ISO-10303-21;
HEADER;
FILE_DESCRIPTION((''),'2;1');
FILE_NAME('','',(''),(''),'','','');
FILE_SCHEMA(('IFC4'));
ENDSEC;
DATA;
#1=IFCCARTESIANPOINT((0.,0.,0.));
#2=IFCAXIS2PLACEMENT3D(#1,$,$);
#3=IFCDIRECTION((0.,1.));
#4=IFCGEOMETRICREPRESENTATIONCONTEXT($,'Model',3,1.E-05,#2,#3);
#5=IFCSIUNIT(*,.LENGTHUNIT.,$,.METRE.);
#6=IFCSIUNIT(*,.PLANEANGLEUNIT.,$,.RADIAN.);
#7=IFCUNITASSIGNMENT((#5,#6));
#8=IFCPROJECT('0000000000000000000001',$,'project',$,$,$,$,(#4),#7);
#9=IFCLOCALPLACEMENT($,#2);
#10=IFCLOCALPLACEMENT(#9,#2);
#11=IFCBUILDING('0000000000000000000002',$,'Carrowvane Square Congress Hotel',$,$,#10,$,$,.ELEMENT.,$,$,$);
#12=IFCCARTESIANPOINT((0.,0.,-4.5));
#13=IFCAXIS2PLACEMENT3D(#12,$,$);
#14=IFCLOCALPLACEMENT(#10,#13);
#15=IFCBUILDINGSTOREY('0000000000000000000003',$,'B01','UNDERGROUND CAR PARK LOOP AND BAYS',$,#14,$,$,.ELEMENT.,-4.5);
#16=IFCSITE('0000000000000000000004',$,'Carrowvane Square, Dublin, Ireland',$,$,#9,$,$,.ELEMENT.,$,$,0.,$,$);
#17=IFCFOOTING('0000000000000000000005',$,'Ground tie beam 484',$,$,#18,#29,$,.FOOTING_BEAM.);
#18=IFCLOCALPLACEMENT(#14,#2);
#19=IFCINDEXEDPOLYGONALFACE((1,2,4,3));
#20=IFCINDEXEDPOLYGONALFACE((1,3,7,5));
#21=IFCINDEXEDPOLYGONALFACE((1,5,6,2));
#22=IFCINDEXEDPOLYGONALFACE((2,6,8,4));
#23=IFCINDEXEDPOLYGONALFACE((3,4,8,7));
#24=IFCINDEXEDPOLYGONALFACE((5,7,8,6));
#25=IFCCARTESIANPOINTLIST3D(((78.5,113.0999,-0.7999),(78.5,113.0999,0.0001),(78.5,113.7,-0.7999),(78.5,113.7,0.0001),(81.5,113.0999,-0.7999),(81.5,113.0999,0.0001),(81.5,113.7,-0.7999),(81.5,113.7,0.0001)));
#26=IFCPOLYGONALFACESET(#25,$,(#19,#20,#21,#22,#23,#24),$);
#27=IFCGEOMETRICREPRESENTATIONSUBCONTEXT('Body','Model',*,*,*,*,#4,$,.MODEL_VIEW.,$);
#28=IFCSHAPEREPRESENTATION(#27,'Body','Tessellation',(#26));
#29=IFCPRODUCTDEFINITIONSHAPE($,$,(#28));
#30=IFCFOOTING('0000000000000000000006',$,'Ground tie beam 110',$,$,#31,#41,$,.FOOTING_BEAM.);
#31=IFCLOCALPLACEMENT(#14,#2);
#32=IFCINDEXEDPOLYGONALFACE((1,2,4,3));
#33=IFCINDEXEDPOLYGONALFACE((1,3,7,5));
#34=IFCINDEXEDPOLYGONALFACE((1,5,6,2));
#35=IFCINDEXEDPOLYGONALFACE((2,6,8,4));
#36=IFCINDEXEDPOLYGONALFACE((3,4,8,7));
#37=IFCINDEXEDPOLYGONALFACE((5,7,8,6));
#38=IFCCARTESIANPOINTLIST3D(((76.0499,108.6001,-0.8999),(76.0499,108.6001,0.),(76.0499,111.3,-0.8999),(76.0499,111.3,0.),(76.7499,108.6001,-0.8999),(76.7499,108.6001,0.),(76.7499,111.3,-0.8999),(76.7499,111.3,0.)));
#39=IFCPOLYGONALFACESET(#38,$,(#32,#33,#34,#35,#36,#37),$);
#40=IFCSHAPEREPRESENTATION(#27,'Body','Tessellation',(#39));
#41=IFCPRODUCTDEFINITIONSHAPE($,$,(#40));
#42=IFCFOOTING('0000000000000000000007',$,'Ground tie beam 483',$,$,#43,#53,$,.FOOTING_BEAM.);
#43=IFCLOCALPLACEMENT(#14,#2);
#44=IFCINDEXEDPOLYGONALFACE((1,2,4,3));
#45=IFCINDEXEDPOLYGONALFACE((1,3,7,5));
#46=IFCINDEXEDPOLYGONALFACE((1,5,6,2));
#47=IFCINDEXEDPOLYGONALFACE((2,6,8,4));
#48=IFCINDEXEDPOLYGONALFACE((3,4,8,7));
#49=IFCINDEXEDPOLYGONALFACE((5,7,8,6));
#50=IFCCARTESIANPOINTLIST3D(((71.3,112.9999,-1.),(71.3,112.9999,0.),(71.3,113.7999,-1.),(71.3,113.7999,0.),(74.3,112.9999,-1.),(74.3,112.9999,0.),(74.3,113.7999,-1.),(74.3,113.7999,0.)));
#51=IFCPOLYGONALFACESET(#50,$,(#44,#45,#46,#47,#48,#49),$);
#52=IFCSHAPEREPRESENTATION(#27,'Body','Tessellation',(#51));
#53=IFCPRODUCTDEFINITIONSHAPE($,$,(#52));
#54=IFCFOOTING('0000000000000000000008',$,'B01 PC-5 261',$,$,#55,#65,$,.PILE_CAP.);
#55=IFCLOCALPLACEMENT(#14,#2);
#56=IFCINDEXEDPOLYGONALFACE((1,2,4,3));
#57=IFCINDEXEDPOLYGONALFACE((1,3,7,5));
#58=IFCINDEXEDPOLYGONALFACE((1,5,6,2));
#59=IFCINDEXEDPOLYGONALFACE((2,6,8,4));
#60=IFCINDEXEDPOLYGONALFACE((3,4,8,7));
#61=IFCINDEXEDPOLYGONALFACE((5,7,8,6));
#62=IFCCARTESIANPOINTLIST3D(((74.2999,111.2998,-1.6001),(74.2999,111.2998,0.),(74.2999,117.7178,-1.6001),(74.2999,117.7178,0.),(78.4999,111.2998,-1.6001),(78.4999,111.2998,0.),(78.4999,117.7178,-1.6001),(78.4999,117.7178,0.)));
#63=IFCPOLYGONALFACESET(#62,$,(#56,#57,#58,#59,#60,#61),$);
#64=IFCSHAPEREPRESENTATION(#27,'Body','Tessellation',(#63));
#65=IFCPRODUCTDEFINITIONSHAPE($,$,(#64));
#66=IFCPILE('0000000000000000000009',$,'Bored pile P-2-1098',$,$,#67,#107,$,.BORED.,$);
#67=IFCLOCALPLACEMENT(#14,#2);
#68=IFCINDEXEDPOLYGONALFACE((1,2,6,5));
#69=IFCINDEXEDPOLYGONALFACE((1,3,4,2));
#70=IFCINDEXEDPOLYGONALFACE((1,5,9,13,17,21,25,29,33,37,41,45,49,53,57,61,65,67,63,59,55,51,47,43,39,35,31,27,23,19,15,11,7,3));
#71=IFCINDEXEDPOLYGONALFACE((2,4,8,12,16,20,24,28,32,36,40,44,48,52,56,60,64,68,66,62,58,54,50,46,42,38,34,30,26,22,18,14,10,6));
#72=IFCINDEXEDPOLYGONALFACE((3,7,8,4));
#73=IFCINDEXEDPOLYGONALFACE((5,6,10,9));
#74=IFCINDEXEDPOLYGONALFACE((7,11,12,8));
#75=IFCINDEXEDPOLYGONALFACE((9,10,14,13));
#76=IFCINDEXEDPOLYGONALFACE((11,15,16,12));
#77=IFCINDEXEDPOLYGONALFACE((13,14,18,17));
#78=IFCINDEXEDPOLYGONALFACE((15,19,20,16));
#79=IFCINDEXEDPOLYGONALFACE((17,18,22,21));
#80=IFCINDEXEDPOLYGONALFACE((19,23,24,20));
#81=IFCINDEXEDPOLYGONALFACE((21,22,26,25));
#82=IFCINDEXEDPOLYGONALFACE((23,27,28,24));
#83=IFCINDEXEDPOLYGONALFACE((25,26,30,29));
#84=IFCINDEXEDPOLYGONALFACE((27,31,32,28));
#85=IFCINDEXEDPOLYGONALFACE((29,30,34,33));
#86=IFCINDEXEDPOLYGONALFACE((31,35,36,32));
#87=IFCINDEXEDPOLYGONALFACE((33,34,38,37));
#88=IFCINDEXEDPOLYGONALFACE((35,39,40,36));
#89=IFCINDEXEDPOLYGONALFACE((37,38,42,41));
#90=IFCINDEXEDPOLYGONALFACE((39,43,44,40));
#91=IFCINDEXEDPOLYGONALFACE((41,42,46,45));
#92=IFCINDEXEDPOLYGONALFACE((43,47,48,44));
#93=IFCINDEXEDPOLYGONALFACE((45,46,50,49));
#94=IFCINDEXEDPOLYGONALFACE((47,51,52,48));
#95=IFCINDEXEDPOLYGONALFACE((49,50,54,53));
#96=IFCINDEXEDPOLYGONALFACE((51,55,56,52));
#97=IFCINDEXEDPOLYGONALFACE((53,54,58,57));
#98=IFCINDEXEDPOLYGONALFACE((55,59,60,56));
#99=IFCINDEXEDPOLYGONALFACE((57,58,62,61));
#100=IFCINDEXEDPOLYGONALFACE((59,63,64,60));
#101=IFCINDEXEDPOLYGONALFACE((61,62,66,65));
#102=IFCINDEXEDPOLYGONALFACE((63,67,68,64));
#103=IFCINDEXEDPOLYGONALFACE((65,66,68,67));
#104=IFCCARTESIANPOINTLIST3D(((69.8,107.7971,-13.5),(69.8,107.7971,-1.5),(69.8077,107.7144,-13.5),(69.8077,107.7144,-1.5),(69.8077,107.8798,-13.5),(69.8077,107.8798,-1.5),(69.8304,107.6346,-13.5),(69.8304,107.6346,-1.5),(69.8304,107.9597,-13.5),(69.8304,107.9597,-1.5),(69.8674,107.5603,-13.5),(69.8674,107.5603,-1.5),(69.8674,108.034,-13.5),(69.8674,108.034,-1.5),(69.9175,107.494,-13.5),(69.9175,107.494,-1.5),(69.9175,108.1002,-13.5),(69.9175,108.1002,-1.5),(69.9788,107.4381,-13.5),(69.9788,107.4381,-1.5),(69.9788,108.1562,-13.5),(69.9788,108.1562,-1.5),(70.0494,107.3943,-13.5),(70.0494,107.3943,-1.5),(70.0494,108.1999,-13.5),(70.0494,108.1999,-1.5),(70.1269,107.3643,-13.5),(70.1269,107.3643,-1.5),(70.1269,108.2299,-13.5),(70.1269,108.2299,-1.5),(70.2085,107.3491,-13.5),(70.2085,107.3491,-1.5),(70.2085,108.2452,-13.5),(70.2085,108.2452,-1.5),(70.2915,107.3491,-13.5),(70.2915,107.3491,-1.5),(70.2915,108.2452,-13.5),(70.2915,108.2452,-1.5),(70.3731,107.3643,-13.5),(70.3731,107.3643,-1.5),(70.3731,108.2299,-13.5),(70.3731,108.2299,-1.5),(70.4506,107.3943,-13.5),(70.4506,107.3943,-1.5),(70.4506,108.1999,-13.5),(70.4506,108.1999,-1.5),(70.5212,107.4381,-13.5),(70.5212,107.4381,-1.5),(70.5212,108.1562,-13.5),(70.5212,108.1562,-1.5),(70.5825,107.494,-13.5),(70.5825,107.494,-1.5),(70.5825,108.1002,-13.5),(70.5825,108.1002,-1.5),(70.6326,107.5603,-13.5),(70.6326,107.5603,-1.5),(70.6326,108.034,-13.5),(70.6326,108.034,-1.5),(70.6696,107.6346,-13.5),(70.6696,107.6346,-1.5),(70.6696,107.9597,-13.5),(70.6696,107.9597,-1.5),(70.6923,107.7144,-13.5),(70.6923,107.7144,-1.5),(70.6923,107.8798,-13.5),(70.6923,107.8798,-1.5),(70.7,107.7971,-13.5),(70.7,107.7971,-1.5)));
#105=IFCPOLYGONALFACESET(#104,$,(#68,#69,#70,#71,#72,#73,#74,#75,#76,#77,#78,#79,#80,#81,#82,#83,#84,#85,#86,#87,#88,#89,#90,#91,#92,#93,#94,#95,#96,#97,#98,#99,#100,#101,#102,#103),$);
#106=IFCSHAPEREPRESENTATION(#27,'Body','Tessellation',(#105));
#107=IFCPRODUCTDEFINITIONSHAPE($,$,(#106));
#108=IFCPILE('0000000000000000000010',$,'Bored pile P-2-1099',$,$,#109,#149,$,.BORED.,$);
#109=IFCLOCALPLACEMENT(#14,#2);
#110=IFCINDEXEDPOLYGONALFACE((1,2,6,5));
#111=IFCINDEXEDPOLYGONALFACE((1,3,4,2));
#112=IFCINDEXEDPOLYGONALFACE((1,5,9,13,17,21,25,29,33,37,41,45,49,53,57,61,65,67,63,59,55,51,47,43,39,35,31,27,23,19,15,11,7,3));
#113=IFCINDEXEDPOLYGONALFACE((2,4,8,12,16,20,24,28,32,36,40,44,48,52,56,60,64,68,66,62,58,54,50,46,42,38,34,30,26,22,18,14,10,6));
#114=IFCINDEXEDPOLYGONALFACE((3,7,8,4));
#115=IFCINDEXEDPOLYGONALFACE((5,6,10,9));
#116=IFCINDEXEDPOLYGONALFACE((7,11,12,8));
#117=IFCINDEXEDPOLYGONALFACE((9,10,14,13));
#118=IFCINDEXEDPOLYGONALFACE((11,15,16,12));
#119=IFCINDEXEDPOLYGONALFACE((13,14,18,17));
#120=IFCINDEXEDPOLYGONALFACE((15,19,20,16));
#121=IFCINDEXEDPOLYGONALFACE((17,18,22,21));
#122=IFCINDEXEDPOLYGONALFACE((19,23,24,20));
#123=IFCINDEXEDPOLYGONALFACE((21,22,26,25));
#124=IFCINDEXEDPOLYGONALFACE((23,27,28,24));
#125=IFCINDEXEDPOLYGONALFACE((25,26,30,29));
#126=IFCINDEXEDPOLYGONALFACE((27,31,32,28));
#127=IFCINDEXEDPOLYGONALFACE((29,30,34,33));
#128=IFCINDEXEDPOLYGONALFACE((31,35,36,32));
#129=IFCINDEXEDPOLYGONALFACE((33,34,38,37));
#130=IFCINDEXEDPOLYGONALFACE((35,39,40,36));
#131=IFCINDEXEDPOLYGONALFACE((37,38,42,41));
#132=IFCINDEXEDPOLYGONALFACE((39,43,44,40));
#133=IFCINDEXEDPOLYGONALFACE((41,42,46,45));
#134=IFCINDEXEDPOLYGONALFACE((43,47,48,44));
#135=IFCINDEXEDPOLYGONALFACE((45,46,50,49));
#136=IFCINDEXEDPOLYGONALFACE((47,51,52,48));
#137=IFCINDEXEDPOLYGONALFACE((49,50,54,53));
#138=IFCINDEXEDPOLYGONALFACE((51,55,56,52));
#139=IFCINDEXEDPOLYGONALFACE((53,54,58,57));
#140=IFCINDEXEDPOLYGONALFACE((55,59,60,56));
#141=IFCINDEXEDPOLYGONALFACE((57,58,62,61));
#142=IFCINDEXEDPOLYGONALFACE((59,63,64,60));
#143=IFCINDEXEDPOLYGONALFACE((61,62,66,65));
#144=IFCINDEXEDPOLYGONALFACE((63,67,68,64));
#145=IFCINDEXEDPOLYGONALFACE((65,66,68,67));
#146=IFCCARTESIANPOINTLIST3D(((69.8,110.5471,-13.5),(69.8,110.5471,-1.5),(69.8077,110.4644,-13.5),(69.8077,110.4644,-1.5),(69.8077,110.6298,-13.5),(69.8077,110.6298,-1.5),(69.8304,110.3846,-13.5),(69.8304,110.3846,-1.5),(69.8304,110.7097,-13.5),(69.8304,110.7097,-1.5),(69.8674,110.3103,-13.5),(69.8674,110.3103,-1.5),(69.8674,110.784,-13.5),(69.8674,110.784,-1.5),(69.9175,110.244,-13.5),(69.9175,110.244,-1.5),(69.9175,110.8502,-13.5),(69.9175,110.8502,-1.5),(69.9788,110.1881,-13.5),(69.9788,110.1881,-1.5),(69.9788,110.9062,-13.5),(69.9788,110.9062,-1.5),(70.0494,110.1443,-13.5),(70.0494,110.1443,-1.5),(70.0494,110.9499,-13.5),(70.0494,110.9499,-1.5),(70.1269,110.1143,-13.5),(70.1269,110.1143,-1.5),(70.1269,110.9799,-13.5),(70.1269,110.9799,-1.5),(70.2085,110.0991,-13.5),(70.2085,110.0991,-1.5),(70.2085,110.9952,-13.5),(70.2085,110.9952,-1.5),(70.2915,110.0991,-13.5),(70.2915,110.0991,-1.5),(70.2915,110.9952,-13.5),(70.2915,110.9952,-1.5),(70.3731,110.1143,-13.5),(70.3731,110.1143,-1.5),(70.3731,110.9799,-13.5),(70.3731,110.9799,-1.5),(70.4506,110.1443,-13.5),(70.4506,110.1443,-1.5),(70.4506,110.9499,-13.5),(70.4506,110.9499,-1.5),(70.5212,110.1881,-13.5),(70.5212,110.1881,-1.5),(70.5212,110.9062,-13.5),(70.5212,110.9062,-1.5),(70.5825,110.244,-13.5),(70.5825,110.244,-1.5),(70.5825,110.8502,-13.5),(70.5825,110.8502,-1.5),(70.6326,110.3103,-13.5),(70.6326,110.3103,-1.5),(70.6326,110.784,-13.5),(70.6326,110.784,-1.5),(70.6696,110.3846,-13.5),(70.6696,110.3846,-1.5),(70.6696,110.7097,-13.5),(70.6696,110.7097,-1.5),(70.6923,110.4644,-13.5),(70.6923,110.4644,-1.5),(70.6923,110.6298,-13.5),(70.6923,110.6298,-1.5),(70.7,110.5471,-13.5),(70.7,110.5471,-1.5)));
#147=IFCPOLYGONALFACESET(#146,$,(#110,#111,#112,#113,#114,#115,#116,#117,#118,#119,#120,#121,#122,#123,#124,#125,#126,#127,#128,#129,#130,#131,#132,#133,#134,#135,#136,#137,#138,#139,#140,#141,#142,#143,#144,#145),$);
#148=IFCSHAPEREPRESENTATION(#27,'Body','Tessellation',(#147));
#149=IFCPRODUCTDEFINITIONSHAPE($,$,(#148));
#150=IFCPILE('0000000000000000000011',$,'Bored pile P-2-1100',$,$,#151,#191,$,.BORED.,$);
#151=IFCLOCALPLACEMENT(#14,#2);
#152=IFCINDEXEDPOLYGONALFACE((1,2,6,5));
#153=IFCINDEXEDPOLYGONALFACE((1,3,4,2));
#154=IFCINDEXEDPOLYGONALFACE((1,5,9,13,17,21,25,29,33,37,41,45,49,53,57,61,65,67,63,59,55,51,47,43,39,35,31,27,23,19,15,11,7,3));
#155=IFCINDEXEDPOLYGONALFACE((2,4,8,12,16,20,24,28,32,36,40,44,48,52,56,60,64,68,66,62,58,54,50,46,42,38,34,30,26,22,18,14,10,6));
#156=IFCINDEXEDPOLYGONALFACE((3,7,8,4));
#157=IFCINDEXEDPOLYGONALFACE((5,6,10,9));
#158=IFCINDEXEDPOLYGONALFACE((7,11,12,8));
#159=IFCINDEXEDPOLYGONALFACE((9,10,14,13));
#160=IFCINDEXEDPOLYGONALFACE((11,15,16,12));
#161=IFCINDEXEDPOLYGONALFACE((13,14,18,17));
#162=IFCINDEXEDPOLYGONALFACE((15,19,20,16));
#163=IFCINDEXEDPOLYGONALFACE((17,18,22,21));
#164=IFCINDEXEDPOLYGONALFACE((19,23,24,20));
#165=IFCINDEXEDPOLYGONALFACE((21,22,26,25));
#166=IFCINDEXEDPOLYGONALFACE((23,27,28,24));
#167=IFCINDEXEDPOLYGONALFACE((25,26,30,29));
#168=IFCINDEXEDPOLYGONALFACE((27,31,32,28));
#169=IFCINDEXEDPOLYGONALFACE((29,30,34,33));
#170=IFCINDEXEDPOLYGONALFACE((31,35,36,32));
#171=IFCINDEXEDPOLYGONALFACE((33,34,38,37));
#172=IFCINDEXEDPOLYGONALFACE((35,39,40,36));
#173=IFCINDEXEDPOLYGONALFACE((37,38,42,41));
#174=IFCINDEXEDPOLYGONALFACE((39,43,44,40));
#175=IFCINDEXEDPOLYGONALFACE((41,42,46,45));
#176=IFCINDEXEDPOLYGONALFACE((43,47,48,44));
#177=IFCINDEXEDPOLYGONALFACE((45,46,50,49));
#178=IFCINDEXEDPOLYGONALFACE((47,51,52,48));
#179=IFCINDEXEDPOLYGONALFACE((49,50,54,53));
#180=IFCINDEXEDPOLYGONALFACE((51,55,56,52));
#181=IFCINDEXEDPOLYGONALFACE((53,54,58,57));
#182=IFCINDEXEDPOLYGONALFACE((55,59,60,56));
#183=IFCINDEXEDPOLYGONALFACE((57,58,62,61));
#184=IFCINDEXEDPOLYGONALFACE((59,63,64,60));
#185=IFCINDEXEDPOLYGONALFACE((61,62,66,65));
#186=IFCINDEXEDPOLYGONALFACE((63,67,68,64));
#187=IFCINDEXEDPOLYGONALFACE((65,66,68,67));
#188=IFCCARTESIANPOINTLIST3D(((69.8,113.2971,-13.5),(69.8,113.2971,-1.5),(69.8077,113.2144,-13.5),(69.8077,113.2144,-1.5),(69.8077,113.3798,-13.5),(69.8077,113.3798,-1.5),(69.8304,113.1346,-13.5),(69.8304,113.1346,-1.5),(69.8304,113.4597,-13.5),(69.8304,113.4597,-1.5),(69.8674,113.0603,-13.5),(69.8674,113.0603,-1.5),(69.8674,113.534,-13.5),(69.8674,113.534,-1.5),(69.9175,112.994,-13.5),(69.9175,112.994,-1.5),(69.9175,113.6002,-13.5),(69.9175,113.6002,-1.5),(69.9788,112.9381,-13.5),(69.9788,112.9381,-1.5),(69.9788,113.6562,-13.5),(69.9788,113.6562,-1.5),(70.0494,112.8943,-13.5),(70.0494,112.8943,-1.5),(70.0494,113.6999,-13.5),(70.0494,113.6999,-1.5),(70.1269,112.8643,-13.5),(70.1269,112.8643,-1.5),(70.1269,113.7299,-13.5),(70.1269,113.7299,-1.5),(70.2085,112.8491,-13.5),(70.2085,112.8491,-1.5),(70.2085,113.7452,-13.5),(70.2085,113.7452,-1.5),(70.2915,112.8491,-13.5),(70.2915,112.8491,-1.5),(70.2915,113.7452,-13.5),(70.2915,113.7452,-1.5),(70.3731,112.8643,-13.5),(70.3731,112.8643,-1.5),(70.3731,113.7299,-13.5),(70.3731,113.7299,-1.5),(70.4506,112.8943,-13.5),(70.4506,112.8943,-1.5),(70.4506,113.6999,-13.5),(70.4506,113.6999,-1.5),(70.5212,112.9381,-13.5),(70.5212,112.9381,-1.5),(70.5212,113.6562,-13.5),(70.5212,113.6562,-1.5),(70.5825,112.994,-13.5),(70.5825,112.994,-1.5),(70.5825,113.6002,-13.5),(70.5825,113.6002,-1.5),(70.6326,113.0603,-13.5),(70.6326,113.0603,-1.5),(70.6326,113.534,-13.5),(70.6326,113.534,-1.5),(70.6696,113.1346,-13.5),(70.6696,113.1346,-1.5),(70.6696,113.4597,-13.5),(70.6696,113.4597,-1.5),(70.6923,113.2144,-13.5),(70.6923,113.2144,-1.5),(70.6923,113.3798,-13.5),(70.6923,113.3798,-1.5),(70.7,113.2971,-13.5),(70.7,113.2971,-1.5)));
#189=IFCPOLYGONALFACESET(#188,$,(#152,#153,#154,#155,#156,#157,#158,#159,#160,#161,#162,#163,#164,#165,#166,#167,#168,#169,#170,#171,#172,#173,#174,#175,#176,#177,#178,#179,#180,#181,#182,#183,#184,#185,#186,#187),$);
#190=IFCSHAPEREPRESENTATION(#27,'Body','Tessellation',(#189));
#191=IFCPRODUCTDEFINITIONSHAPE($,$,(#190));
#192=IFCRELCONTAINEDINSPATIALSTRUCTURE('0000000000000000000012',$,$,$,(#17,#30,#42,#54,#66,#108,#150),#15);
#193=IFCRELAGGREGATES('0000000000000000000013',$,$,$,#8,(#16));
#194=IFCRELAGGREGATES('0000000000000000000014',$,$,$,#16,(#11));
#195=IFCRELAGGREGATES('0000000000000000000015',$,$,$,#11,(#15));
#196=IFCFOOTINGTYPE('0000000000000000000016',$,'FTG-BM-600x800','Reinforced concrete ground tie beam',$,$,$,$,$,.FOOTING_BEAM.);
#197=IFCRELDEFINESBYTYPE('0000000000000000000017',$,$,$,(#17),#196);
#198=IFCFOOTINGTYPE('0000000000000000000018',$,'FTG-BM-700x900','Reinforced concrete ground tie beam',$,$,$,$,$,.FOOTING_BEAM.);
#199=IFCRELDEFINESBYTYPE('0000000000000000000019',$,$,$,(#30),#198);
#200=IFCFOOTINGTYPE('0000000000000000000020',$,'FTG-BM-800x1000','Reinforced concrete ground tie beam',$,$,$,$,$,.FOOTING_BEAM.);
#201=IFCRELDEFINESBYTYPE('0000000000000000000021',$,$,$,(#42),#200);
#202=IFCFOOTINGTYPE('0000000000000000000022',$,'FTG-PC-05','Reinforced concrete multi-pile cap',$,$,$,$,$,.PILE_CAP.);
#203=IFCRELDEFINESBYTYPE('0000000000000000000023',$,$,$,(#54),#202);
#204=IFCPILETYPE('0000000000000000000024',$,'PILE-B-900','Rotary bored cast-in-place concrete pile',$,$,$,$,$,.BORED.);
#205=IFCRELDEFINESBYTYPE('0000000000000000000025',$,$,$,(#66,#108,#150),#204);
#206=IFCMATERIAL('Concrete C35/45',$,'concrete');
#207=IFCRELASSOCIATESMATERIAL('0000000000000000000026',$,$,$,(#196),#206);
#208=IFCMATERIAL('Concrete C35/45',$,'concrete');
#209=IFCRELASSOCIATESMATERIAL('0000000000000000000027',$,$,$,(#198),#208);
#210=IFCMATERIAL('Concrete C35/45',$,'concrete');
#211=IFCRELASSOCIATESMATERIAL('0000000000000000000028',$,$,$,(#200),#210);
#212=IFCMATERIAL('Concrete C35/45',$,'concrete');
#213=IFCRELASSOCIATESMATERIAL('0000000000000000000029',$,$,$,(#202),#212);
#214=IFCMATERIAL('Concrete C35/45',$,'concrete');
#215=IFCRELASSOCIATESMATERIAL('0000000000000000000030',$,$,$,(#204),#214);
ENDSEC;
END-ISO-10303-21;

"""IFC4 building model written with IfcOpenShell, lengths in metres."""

from ifc_helpers import new_model, si_unit, direction, frame, origin, origin_2d, place, context, subcontext, project, spatial, rectangle, circle, extrude, material, material_profile, profile_set, type_object, element, save


model = new_model("IFC4")

# Units and contexts
model_context = context("Model", 3, precision=1e-05, world=origin(), true_north=direction((0.0, 1.0)))
body_context = subcontext(model_context, "Body", "Model", "MODEL_VIEW")
ifc_project = project(units=[si_unit("LENGTHUNIT", "METRE"), si_unit("PLANEANGLEUNIT", "RADIAN")], contexts=[model_context])

# Site, building, storey
site_placement = place(None, origin())
site = spatial("IfcSite", under=ifc_project, at=site_placement, Name="Carrowvane Square, Dublin, Ireland", CompositionType="ELEMENT", RefElevation=0.0)
building_placement = place(site_placement, origin())
building = spatial("IfcBuilding", under=site, at=building_placement, Name="Carrowvane Square Congress Hotel", CompositionType="ELEMENT")
storey_placement = place(building_placement, frame((0.0, 0.0, -4.5)))
storey = spatial("IfcBuildingStorey", under=building, at=storey_placement, Name="B01", Description="UNDERGROUND CAR PARK LOOP AND BAYS", CompositionType="ELEMENT", Elevation=-4.5)

# Footings
ifc_material_1 = material(Name="Concrete C35/45", Category="concrete")
ifc_material_profile_1 = material_profile(ifc_material_1, rectangle(XDim=0.6001, YDim=0.8, at=origin_2d()), Name="RC 600x800")
ifc_profile_set_1 = profile_set([ifc_material_profile_1], Name="Concrete C35/45")
footing_type_1 = type_object("IfcFootingType", Name="FTG-BM-600x800", Description="Reinforced concrete ground tie beam", PredefinedType="FOOTING_BEAM", material=ifc_profile_set_1)
footing_1_placement = place(storey_placement, frame((78.5, 113.3999, -0.3999), z_axis=(1.0, 0.0, 0.0), x_axis=(0.0, 1.0, 0.0)))
element("IfcFooting", 1, at=footing_1_placement, inside=storey, type_object=footing_type_1, Name="Ground tie beam 484", PredefinedType="FOOTING_BEAM", context=body_context, shape_type="SweptSolid", body=[
    extrude(rectangle(XDim=0.6001, YDim=0.8, at=origin_2d()), origin(), (0.0, 0.0, 1.0), 3.0),
])
ifc_material_2 = material(Name="Concrete C35/45", Category="concrete")
ifc_material_profile_2 = material_profile(ifc_material_2, rectangle(XDim=0.7, YDim=0.8999, at=origin_2d()), Name="RC 700x900")
ifc_profile_set_2 = profile_set([ifc_material_profile_2], Name="Concrete C35/45")
footing_type_2 = type_object("IfcFootingType", Name="FTG-BM-700x900", Description="Reinforced concrete ground tie beam", PredefinedType="FOOTING_BEAM", material=ifc_profile_set_2)
footing_2_placement = place(storey_placement, frame((76.3999, 108.6001, -0.45), z_axis=(0.0, 1.0, 0.0), x_axis=(-1.0, 0.0, 0.0)))
element("IfcFooting", 2, at=footing_2_placement, inside=storey, type_object=footing_type_2, Name="Ground tie beam 110", PredefinedType="FOOTING_BEAM", context=body_context, shape_type="SweptSolid", body=[
    extrude(rectangle(XDim=0.7, YDim=0.8999, at=origin_2d()), origin(), (0.0, 0.0, 1.0), 2.7),
])
ifc_material_3 = material(Name="Concrete C35/45", Category="concrete")
ifc_material_profile_3 = material_profile(ifc_material_3, rectangle(XDim=0.8, YDim=1.0, at=origin_2d()), Name="RC 800x1000")
ifc_profile_set_3 = profile_set([ifc_material_profile_3], Name="Concrete C35/45")
footing_type_3 = type_object("IfcFootingType", Name="FTG-BM-800x1000", Description="Reinforced concrete ground tie beam", PredefinedType="FOOTING_BEAM", material=ifc_profile_set_3)
footing_3_placement = place(storey_placement, frame((71.3, 113.3999, -0.5), z_axis=(1.0, 0.0, 0.0), x_axis=(0.0, 1.0, 0.0)))
element("IfcFooting", 3, at=footing_3_placement, inside=storey, type_object=footing_type_3, Name="Ground tie beam 483", PredefinedType="FOOTING_BEAM", context=body_context, shape_type="SweptSolid", body=[
    extrude(rectangle(XDim=0.8, YDim=1.0, at=origin_2d()), origin(), (0.0, 0.0, 1.0), 3.0),
])
ifc_material_4 = material(Name="Concrete C35/45", Category="concrete")
footing_type_4 = type_object("IfcFootingType", Name="FTG-PC-05", Description="Reinforced concrete multi-pile cap", PredefinedType="PILE_CAP", material=ifc_material_4)
footing_4_placement = place(storey_placement, frame((76.3999, 114.5088, -1.6001), z_axis=(0.0, 0.0, 1.0), x_axis=(1.0, 0.0, 0.0)))
element("IfcFooting", 4, at=footing_4_placement, inside=storey, type_object=footing_type_4, Name="B01 PC-5 261", PredefinedType="PILE_CAP", context=body_context, shape_type="SweptSolid", body=[
    extrude(rectangle(XDim=4.2, YDim=6.418, at=origin_2d()), origin(), (0.0, 0.0, 1.0), 1.6001),
])

# Piles
ifc_material_5 = material(Name="Concrete C35/45", Category="concrete")
ifc_material_profile_4 = material_profile(ifc_material_5, circle(Radius=0.45, at=origin_2d()), Name="PILE D900")
ifc_profile_set_4 = profile_set([ifc_material_profile_4], Name="Concrete C35/45")
pile_type = type_object("IfcPileType", Name="PILE-B-900", Description="Rotary bored cast-in-place concrete pile", PredefinedType="BORED", material=ifc_profile_set_4)
for number, where, z_axis, x_axis, name in (
    (5, (70.25, 107.7971, -1.5), (0.0, 0.0, -1.0), (1.0, 0.0, 0.0), "Bored pile P-2-1098"),
    (6, (70.25, 110.5471, -1.5), (0.0, 0.0, -1.0), (1.0, 0.0, 0.0), "Bored pile P-2-1099"),
    (7, (70.25, 113.2971, -1.5), (0.0, 0.0, -1.0), (1.0, 0.0, 0.0), "Bored pile P-2-1100"),
):
    element("IfcPile", number, at=place(storey_placement, frame(where, z_axis=z_axis, x_axis=x_axis)), inside=storey, type_object=pile_type, Name=name, PredefinedType="BORED", context=body_context, shape_type="SweptSolid", body=[
        extrude(circle(Radius=0.45, at=origin_2d()), origin(), (0.0, 0.0, 1.0), 12.0),
    ])

save(model, "model.ifc")
